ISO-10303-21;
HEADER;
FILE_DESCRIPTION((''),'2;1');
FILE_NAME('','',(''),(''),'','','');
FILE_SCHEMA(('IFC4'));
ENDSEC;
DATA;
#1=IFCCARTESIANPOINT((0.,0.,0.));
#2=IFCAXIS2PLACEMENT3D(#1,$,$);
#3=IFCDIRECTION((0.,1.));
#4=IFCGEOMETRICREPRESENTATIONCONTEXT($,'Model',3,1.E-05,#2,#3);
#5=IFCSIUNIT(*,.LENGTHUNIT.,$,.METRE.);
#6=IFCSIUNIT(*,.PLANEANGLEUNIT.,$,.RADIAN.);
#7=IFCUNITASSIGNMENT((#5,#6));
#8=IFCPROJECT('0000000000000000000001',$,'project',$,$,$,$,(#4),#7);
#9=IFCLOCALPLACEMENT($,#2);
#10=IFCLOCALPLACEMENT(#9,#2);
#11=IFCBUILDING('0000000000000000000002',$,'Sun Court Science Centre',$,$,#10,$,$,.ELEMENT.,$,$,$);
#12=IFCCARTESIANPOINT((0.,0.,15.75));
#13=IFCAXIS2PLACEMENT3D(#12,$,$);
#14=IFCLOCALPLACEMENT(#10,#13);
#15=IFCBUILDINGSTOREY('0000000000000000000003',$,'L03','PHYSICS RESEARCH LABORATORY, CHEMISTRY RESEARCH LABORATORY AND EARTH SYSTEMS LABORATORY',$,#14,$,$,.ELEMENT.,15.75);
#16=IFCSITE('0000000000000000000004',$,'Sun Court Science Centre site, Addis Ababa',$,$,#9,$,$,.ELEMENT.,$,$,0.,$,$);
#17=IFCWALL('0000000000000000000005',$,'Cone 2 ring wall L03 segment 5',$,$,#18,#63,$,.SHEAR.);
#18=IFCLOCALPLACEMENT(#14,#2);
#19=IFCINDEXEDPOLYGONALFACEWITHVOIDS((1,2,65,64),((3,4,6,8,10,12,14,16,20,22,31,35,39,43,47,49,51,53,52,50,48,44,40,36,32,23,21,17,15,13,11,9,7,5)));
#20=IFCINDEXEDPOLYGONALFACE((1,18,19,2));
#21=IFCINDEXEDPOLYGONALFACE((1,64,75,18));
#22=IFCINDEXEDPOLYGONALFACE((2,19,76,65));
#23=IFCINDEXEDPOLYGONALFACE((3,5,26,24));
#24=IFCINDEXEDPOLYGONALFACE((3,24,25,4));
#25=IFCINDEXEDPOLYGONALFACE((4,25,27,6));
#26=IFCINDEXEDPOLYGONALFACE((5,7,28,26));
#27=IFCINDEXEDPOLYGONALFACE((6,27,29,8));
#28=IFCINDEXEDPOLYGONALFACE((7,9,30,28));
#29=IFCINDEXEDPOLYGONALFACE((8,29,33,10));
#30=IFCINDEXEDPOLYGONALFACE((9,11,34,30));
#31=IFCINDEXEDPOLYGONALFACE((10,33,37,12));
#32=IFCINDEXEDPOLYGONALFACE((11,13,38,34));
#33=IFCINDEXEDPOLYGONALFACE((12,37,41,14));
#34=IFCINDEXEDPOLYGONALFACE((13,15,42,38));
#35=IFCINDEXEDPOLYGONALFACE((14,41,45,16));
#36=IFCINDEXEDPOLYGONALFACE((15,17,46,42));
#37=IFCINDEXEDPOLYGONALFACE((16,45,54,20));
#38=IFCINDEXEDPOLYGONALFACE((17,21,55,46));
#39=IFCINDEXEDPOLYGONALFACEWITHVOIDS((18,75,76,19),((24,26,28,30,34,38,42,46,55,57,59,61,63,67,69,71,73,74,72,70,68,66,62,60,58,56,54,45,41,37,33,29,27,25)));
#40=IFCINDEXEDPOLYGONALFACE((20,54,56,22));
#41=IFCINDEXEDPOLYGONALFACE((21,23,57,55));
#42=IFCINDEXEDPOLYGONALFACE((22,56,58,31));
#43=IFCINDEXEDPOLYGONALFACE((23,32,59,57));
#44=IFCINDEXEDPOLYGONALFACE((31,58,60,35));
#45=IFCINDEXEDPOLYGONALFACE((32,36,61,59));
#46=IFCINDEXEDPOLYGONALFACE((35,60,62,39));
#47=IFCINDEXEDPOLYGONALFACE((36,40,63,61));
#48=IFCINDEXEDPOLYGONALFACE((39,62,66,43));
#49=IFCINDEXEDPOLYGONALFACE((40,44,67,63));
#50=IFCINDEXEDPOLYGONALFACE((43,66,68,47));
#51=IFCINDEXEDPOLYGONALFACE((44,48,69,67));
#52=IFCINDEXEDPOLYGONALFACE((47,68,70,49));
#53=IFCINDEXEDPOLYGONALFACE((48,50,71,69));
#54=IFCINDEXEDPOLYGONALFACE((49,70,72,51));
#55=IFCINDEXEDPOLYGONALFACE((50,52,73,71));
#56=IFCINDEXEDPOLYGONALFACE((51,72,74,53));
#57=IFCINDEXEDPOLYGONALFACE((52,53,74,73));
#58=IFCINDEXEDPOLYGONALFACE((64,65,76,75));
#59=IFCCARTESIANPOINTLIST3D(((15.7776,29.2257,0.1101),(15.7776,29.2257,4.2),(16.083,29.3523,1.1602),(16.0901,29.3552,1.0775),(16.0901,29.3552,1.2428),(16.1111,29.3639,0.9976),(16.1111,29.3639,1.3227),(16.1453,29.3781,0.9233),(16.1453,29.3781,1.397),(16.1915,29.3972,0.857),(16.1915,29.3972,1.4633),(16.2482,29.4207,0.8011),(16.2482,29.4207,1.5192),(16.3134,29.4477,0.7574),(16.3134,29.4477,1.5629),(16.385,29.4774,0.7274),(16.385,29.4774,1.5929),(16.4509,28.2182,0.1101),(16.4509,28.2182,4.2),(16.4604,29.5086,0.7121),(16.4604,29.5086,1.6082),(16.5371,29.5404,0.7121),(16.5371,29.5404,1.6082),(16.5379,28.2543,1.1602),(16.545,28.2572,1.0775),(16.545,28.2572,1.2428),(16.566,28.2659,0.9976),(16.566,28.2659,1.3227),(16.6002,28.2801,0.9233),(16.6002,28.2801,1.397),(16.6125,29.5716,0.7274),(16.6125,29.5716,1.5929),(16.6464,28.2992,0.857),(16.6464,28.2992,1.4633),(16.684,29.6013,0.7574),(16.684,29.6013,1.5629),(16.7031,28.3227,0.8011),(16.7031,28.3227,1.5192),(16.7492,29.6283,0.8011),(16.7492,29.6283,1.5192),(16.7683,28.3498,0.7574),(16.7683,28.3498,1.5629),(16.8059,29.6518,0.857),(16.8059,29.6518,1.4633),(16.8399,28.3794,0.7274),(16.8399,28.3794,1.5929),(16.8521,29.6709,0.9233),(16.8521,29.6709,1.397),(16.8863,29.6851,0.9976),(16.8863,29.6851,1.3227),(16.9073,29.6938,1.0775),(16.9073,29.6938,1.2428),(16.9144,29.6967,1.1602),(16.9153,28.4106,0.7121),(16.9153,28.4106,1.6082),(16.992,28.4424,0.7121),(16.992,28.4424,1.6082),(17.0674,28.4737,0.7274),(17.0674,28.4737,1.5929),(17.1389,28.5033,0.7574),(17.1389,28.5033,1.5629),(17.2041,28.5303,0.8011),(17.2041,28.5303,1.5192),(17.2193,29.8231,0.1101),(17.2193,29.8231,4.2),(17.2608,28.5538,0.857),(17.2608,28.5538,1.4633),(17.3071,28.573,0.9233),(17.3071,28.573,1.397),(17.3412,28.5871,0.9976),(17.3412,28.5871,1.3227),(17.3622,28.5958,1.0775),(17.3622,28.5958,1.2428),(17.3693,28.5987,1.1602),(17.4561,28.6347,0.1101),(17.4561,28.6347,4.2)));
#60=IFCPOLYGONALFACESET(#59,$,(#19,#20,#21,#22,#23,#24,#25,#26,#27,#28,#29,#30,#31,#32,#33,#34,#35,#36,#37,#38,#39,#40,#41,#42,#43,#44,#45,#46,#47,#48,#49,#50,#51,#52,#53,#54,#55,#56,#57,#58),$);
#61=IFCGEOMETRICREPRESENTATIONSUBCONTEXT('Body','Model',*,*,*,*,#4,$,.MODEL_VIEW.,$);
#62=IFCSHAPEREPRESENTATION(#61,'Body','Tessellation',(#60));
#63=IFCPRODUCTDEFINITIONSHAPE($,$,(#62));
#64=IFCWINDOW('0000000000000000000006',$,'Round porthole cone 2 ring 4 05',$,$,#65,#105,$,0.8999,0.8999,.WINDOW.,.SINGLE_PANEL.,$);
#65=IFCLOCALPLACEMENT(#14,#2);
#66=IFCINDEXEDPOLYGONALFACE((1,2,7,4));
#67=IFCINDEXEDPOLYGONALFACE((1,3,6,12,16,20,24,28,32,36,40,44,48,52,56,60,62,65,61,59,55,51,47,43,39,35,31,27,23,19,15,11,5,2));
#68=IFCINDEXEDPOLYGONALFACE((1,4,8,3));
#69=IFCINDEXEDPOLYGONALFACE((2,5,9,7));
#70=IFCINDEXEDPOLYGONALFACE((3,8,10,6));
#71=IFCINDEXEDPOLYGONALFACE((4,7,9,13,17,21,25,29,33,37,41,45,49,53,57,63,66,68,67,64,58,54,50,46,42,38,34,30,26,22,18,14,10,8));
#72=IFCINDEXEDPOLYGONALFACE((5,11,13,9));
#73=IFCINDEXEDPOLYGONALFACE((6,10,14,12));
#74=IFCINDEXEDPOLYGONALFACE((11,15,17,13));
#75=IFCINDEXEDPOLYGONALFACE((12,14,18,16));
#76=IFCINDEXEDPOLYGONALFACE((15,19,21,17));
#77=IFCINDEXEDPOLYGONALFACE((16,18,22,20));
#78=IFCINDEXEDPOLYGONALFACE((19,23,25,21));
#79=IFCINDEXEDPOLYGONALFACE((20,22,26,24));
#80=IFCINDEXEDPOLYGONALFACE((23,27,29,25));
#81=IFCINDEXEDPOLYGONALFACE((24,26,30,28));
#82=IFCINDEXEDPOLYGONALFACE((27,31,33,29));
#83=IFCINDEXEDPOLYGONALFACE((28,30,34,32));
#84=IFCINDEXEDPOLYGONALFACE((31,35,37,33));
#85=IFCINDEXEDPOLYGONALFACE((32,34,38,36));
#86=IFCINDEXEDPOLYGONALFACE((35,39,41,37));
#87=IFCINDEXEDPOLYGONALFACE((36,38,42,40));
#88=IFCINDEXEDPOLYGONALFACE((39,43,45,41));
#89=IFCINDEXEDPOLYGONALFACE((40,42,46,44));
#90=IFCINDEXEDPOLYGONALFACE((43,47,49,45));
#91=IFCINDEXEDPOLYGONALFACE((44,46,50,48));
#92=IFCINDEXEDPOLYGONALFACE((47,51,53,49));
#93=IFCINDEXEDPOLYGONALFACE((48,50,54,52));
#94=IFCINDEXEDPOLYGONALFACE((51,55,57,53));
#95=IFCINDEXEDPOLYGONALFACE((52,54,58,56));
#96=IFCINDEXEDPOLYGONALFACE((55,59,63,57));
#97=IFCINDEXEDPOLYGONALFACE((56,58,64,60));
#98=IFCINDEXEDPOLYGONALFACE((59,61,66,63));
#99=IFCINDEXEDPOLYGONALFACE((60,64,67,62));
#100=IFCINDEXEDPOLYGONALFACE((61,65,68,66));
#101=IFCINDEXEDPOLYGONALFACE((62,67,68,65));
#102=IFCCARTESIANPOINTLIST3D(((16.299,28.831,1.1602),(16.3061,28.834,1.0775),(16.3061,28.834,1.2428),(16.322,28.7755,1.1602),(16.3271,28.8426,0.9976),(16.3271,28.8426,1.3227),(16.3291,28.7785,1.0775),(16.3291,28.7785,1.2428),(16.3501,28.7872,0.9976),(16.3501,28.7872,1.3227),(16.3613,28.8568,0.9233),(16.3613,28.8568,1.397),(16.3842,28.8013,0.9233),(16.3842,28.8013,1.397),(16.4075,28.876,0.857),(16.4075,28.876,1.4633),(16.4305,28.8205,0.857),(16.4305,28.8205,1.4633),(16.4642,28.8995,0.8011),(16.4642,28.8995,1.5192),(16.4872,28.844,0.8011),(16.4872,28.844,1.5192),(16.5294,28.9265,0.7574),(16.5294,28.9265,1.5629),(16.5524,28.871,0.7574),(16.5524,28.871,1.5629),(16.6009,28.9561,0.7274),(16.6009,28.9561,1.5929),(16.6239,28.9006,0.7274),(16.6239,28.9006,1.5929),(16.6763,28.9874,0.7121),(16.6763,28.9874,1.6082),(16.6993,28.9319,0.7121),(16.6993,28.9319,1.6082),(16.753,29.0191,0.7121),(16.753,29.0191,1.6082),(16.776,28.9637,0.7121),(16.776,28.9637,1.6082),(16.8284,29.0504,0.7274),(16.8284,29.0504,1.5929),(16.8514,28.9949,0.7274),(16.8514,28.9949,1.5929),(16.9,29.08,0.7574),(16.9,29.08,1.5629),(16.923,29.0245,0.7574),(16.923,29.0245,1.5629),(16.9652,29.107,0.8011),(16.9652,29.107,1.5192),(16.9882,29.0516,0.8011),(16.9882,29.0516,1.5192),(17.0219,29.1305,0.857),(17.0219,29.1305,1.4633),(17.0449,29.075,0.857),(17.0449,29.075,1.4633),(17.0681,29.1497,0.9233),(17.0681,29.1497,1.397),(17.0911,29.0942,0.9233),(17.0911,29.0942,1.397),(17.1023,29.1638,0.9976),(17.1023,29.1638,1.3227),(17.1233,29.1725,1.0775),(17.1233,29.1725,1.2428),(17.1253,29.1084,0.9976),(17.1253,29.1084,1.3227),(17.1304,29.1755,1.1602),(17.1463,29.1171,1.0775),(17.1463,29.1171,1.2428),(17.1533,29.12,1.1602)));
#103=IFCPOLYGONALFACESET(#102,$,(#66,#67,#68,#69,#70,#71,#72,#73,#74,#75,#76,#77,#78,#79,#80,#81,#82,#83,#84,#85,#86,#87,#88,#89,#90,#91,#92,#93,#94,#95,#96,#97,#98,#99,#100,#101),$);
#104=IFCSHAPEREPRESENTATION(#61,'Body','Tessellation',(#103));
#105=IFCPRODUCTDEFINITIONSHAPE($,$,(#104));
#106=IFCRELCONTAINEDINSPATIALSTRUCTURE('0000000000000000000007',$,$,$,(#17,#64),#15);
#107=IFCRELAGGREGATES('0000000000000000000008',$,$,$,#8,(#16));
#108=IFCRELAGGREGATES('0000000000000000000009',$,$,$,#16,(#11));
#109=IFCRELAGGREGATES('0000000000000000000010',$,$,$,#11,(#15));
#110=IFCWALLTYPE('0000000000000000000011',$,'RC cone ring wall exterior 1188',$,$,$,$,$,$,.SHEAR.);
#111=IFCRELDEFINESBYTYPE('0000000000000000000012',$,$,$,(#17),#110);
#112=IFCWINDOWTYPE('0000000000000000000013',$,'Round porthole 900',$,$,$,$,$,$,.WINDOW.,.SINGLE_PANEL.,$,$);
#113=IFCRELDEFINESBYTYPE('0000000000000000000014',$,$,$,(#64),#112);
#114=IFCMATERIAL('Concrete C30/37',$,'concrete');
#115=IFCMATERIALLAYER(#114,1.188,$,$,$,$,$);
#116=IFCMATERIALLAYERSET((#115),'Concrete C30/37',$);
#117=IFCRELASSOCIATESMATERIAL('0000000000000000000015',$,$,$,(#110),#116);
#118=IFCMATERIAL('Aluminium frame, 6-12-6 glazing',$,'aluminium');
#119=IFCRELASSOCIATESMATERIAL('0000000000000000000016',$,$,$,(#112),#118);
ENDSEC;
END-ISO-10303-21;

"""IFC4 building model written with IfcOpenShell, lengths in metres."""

from ifc_helpers import new_model, si_unit, direction, frame, frame_2d, origin, place, context, subcontext, project, spatial, polyline, circle, outline, extrude, material, layer, layer_set, type_object, element, fill, save


model = new_model("IFC4")

# Units and contexts
model_context = context("Model", 3, precision=1e-05, world=origin(), true_north=direction((0.0, 1.0)))
body_context = subcontext(model_context, "Body", "Model", "MODEL_VIEW")
ifc_project = project(units=[si_unit("LENGTHUNIT", "METRE"), si_unit("PLANEANGLEUNIT", "RADIAN")], contexts=[model_context])

# Site, building, storey
site_placement = place(None, origin())
site = spatial("IfcSite", under=ifc_project, at=site_placement, Name="Sun Court Science Centre site, Addis Ababa", CompositionType="ELEMENT", RefElevation=0.0)
building_placement = place(site_placement, origin())
building = spatial("IfcBuilding", under=site, at=building_placement, Name="Sun Court Science Centre", CompositionType="ELEMENT")
storey_placement = place(building_placement, frame((0.0, 0.0, 15.75)))
storey = spatial("IfcBuildingStorey", under=building, at=storey_placement, Name="L03", Description="PHYSICS RESEARCH LABORATORY, CHEMISTRY RESEARCH LABORATORY AND EARTH SYSTEMS LABORATORY", CompositionType="ELEMENT", Elevation=15.75)

# Wall, opening, window
ifc_material_1 = material(Name="Concrete C30/37", Category="concrete")
ifc_layer_1 = layer(ifc_material_1, 1.188)
ifc_layer_set_1 = layer_set([ifc_layer_1], Name="Concrete C30/37")
wall_type_1 = type_object("IfcWallType", Name="RC cone ring wall exterior 1188", PredefinedType="SHEAR", material=ifc_layer_set_1)
wall_1_placement = place(storey_placement, frame((17.447, 29.2742, 0.1101), z_axis=(0.0, 0.0, 1.0), x_axis=(-0.923843, -0.382771, 0.0)))
wall_1 = element("IfcWall", 1, at=wall_1_placement, inside=storey, type_object=wall_type_1, Name="Cone 2 ring wall L03 segment 5", PredefinedType="SHEAR", context=body_context, shape_type="SweptSolid", body=[
    extrude(outline(polyline([(0.0002, -0.5942), (1.5608, -0.5942), (1.3245, 0.5942), (0.2363, 0.5942), (0.0002, -0.5942)])), origin(), (0.0, 0.0, 1.0), 4.0898),
])
opening_1_placement = place(wall_1_placement, frame((0.3303, 0.0, 0.6001)))
opening_1 = element("IfcOpeningElement", 2, at=opening_1_placement, cuts=wall_1, PredefinedType="OPENING", context=body_context, shape_type="SweptSolid", body=[
    extrude(circle(Radius=0.45, at=frame_2d((0.45, 0.45))), frame((0.0, 0.6042, 0.0), z_axis=(0.0, -1.0, 0.0), x_axis=(1.0, 0.0, 0.0)), (0.0, 0.0, 1.0), 1.2085),
])
ifc_material_2 = material(Name="Aluminium frame, 6-12-6 glazing", Category="aluminium")
window_type = type_object("IfcWindowType", Name="Round porthole 900", PartitioningType="SINGLE_PANEL", PredefinedType="WINDOW", material=ifc_material_2)
window_1_placement = place(opening_1_placement, origin())
window_1 = element("IfcWindow", 3, at=window_1_placement, inside=storey, type_object=window_type, Name="Round porthole cone 2 ring 4 05", OverallHeight=0.8999, OverallWidth=0.8999, PartitioningType="SINGLE_PANEL", PredefinedType="WINDOW", context=body_context, shape_type="SweptSolid", body=[
    extrude(circle(Radius=0.45, at=frame_2d((0.45, 0.45))), frame((0.0, 0.03, 0.0), z_axis=(0.0, -1.0, 0.0), x_axis=(1.0, 0.0, 0.0)), (0.0, 0.0, 1.0), 0.0601),
])
fill(opening_1, window_1)

save(model, "model.ifc")
